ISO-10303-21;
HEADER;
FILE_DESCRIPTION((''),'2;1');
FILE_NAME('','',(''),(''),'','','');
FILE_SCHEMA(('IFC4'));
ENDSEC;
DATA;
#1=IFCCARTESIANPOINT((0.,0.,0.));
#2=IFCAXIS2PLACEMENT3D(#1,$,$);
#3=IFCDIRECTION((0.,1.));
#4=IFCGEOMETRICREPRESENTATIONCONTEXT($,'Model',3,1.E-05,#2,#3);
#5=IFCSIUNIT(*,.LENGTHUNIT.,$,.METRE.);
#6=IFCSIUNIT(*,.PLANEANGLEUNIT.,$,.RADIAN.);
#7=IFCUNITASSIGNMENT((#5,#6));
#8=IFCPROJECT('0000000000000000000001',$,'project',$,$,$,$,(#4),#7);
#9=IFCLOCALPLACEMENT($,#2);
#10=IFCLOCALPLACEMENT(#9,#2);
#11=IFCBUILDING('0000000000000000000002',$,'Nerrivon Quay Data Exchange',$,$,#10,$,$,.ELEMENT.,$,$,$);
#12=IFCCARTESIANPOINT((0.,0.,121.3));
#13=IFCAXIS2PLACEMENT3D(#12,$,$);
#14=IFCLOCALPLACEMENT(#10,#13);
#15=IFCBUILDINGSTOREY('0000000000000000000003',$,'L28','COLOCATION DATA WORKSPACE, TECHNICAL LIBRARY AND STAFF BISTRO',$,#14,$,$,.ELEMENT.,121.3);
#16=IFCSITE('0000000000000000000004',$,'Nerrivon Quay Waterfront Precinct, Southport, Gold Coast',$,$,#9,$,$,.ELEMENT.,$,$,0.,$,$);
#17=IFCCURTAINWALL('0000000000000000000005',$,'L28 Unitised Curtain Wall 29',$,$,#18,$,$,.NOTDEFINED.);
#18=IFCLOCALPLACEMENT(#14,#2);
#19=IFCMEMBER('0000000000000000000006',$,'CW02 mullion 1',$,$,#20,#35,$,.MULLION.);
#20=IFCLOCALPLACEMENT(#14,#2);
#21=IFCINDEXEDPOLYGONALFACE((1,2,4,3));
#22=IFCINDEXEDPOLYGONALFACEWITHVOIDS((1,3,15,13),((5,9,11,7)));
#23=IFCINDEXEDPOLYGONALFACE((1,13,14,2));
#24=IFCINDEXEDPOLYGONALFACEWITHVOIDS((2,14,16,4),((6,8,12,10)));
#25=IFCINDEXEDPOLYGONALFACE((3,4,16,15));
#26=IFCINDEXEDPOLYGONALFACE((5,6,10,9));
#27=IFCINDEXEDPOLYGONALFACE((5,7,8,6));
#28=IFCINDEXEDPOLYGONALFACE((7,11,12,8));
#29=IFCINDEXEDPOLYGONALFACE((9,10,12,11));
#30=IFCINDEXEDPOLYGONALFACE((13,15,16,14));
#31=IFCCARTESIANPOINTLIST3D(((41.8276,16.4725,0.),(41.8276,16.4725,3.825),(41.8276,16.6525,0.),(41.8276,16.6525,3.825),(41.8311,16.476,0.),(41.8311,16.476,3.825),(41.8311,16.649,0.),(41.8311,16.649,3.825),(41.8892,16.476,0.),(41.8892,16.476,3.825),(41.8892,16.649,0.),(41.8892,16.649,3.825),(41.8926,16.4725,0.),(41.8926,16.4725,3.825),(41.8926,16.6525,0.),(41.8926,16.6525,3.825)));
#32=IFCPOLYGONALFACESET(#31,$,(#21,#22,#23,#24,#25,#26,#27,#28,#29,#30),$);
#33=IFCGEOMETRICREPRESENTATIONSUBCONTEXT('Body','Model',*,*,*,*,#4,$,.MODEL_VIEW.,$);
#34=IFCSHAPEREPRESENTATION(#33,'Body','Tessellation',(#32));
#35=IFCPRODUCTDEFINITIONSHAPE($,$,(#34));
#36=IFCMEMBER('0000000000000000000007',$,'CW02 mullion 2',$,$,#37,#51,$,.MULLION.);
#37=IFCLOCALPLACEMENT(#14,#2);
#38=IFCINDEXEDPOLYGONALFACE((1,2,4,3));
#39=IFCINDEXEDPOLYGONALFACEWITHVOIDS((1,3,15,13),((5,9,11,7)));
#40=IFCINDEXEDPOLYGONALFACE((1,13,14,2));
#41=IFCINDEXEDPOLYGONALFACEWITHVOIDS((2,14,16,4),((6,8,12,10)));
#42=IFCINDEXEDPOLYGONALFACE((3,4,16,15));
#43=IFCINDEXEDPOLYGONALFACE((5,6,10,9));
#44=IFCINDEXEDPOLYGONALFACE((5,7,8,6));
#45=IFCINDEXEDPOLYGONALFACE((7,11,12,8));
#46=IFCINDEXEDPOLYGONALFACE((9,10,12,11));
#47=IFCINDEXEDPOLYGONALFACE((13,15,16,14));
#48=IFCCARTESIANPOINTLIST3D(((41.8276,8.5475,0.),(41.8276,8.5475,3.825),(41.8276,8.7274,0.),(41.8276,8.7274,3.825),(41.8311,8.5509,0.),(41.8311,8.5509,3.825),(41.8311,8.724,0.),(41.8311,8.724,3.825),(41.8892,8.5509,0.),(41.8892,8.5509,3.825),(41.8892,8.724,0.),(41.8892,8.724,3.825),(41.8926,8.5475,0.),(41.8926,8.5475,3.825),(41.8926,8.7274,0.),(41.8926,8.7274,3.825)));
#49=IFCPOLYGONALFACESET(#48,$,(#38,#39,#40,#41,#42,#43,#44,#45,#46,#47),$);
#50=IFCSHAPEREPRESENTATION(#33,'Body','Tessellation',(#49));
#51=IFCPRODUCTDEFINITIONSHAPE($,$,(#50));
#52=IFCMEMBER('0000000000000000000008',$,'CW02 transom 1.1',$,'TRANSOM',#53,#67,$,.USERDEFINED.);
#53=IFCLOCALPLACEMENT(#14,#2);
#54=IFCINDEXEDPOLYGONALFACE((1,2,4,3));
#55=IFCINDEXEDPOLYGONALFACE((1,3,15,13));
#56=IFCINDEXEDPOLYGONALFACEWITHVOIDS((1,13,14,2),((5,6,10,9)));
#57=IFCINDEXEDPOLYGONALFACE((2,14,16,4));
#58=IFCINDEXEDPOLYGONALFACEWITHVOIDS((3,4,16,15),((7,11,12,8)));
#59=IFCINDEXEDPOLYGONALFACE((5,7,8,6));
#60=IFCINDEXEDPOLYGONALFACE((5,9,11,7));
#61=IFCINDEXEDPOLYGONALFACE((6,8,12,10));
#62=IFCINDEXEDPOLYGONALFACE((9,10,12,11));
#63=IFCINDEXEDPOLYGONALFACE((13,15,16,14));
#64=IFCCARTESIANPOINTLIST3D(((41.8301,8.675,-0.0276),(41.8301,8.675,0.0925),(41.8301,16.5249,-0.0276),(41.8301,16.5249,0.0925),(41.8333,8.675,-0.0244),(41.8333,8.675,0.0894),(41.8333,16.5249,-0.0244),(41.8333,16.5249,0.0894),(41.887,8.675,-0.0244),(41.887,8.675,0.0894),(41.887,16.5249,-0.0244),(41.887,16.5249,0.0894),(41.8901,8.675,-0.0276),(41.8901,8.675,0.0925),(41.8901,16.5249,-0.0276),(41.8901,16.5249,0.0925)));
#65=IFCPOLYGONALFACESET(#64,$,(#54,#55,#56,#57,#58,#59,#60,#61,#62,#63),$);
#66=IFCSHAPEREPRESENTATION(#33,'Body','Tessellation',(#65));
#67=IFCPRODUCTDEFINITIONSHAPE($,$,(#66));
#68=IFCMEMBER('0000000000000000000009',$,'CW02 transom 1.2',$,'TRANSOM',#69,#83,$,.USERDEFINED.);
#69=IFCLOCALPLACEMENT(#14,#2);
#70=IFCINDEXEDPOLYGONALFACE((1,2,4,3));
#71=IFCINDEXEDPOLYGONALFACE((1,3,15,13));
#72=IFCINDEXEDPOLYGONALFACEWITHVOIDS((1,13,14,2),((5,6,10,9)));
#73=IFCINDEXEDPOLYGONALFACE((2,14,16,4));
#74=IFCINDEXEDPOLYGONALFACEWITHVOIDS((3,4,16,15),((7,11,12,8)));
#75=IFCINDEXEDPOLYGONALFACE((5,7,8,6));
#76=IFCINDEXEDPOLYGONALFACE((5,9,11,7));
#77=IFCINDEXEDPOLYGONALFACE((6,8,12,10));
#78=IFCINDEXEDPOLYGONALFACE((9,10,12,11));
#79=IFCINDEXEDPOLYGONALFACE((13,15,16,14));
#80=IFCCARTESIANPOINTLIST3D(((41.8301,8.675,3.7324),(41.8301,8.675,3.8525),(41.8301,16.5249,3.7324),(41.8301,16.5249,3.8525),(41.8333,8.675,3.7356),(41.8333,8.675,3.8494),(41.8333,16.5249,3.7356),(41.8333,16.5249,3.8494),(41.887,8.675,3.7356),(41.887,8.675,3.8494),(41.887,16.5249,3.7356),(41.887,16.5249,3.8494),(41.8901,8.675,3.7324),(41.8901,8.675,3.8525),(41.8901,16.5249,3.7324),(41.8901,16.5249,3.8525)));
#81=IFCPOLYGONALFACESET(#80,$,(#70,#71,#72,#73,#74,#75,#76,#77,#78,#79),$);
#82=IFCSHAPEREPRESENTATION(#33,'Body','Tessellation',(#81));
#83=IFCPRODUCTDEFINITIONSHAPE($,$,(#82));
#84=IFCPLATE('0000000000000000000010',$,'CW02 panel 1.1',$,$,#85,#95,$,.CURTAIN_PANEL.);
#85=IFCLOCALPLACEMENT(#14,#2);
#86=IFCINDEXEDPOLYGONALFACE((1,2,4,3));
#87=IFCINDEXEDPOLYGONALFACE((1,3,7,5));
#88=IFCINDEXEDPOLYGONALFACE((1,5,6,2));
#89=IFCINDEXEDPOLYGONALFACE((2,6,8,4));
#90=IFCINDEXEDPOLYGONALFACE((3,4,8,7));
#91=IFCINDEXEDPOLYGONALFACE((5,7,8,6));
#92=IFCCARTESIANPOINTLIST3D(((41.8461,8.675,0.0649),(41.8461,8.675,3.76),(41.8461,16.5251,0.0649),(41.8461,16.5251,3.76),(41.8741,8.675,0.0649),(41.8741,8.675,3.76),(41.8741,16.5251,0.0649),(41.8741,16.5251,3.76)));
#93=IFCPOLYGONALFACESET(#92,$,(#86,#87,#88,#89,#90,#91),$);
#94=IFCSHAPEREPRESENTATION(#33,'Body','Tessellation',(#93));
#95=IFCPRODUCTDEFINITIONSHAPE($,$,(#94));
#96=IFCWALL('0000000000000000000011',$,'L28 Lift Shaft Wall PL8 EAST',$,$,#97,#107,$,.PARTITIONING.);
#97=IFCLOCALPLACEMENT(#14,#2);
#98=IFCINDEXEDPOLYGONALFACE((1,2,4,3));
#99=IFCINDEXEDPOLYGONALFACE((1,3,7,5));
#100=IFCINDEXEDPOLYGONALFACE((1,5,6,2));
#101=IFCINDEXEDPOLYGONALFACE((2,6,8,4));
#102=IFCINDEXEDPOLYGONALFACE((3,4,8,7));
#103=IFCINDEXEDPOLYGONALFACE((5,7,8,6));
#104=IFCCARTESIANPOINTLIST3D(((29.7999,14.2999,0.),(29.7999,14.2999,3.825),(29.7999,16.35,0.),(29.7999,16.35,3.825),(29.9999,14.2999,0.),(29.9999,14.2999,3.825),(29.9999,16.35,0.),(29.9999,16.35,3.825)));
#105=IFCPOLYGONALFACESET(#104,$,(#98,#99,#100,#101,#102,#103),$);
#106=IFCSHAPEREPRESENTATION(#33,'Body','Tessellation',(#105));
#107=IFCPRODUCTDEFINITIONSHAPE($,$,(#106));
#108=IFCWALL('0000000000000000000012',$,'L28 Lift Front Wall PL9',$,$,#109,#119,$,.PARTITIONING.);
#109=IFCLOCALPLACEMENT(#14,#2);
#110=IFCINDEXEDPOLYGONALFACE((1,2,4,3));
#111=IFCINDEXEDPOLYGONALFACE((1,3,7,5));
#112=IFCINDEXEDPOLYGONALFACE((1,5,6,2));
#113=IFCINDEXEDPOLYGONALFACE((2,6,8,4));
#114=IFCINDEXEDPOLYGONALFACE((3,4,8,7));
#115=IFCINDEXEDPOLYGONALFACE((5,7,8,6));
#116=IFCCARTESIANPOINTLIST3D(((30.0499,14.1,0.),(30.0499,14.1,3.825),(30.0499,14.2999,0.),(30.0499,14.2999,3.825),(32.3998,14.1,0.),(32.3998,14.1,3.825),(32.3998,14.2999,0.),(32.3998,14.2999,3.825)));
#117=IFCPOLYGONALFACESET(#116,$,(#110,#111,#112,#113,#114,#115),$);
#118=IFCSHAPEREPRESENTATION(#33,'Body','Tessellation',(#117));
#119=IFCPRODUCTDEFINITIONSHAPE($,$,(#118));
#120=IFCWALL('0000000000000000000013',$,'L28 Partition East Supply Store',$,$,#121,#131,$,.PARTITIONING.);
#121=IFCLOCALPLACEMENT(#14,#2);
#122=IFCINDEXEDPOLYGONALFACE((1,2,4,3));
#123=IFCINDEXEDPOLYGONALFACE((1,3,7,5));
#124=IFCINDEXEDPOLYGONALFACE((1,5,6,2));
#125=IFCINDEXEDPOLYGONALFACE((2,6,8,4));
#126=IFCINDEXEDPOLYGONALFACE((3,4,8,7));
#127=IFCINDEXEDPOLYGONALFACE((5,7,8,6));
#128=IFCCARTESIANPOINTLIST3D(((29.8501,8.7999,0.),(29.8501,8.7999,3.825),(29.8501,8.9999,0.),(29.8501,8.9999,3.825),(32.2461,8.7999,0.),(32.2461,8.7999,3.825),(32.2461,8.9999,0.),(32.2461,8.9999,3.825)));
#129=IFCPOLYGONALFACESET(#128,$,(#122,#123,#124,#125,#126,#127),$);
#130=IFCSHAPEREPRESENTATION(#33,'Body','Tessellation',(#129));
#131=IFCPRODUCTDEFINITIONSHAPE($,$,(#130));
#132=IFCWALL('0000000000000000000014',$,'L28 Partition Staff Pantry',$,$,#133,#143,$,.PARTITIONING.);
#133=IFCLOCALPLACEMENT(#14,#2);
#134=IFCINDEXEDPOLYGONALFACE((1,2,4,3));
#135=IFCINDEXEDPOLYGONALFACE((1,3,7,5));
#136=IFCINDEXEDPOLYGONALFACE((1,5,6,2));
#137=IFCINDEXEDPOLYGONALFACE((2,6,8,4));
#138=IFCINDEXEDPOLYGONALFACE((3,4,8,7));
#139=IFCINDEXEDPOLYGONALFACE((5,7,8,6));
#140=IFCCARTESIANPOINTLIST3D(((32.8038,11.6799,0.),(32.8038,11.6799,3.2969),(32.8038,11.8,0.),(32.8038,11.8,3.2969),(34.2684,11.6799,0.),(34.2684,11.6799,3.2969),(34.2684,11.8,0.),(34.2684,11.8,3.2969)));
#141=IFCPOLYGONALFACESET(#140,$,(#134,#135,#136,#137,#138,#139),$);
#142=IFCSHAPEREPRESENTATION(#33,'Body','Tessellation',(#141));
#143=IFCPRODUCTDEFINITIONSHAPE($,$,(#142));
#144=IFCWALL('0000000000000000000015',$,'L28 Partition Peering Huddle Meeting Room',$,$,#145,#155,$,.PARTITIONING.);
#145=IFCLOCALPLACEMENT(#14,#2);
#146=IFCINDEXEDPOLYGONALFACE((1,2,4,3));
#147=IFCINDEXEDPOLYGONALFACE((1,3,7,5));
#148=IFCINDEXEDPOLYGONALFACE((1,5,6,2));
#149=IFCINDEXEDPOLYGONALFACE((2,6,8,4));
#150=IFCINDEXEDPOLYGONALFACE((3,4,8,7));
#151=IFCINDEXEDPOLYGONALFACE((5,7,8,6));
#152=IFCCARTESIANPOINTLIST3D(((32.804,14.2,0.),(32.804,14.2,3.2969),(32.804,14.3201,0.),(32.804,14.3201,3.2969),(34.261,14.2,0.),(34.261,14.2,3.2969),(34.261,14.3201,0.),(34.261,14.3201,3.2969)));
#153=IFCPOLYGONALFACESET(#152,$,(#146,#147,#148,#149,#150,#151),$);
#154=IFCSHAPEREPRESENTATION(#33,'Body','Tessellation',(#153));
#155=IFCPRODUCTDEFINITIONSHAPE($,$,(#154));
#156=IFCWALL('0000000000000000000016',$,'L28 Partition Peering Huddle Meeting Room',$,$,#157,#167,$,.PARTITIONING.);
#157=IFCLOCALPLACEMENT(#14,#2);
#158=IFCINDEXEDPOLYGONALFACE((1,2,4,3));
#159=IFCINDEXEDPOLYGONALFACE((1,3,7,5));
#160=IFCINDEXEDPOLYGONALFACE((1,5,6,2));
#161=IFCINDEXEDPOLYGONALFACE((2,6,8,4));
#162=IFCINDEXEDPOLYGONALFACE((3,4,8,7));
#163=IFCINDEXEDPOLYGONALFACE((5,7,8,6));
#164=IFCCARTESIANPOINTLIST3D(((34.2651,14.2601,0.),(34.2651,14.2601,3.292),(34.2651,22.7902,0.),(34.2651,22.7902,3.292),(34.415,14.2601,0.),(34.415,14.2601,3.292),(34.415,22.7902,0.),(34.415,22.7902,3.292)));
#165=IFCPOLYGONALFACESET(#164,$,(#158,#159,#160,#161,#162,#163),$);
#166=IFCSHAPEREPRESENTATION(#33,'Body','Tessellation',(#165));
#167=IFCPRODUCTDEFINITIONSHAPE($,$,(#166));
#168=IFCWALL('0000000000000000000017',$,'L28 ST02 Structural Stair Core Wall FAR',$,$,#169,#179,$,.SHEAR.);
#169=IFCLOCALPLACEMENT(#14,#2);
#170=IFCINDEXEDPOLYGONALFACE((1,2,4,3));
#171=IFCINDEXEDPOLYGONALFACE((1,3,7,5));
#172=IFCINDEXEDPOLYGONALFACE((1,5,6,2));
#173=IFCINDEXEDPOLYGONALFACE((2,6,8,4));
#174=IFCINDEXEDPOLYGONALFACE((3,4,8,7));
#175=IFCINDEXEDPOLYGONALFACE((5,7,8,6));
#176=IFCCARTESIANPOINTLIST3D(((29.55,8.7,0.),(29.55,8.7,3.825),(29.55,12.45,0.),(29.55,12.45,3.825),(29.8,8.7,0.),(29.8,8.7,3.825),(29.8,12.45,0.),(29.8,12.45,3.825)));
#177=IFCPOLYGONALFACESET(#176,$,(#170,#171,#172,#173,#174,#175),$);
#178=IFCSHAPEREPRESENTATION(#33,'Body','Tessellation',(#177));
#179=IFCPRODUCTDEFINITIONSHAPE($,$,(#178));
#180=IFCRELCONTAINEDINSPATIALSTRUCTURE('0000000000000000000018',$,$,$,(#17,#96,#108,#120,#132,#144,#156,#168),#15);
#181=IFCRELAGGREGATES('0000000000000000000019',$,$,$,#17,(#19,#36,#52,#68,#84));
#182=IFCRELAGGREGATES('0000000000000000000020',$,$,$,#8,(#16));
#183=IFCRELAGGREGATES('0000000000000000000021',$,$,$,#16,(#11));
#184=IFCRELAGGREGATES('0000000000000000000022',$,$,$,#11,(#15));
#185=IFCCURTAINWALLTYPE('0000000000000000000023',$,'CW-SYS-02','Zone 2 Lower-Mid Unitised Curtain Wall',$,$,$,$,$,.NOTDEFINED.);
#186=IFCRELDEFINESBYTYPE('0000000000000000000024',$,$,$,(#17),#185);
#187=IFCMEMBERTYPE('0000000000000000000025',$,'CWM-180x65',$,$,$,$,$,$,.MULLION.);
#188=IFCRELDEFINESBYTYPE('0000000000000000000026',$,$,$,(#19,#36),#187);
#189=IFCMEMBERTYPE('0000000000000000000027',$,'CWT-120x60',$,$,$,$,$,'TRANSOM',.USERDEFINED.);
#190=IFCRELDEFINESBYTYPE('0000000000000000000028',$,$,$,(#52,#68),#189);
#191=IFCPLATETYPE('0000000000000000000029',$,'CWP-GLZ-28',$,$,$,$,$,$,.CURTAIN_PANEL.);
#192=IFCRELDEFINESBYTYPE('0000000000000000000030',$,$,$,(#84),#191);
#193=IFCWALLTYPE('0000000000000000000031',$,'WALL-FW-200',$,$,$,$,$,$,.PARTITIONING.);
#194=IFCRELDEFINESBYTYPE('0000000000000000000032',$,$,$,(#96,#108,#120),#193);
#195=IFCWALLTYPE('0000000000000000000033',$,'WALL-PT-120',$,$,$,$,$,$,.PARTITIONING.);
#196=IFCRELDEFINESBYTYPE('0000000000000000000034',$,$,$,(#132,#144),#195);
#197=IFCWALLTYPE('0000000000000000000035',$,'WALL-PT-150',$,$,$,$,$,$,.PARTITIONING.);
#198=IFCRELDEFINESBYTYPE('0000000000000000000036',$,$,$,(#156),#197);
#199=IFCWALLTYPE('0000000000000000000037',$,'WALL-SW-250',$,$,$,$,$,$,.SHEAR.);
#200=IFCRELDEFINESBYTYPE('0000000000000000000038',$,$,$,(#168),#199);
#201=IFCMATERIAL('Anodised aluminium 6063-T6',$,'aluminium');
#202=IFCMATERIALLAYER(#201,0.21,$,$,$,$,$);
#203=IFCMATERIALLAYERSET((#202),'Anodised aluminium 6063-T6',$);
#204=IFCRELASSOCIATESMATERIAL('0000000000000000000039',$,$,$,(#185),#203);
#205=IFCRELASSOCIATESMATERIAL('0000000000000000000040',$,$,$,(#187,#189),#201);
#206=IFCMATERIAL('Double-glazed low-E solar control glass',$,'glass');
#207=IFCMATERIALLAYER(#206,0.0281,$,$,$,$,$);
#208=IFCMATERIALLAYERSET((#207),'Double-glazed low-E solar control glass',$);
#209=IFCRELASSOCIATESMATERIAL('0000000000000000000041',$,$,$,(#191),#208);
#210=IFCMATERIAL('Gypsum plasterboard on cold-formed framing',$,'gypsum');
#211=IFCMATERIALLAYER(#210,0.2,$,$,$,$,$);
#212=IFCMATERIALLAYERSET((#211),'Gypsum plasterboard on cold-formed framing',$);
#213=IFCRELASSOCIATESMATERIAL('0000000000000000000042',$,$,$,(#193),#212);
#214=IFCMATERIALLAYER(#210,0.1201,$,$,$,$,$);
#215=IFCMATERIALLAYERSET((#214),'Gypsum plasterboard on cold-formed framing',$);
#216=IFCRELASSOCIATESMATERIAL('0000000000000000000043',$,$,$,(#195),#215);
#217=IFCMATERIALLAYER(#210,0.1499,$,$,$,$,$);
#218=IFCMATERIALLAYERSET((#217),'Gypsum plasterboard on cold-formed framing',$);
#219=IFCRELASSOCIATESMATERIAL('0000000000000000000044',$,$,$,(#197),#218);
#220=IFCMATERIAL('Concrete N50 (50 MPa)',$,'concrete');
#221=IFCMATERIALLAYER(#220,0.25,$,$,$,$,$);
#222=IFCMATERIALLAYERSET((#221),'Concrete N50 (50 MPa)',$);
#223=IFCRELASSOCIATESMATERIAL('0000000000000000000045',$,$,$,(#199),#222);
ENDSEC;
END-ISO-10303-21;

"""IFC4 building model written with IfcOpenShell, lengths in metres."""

from ifc_helpers import new_model, si_unit, direction, frame, frame_2d, origin, origin_2d, place, context, subcontext, project, spatial, rectangle, hollow_rectangle, extrude, material, layer, layer_set, material_profile, profile_set, type_object, element, aggregate, save


model = new_model("IFC4")

# Units and contexts
model_context = context("Model", 3, precision=1e-05, world=origin(), true_north=direction((0.0, 1.0)))
body_context = subcontext(model_context, "Body", "Model", "MODEL_VIEW")
ifc_project = project(units=[si_unit("LENGTHUNIT", "METRE"), si_unit("PLANEANGLEUNIT", "RADIAN")], contexts=[model_context])

# Site, building, storey
site_placement = place(None, origin())
site = spatial("IfcSite", under=ifc_project, at=site_placement, Name="Nerrivon Quay Waterfront Precinct, Southport, Gold Coast", CompositionType="ELEMENT", RefElevation=0.0)
building_placement = place(site_placement, origin())
building = spatial("IfcBuilding", under=site, at=building_placement, Name="Nerrivon Quay Data Exchange", CompositionType="ELEMENT")
storey_placement = place(building_placement, frame((0.0, 0.0, 121.3)))
storey = spatial("IfcBuildingStorey", under=building, at=storey_placement, Name="L28", Description="COLOCATION DATA WORKSPACE, TECHNICAL LIBRARY AND STAFF BISTRO", CompositionType="ELEMENT", Elevation=121.3)

# Curtain wall, members, plate
ifc_material_1 = material(Name="Anodised aluminium 6063-T6", Category="aluminium")
ifc_layer_1 = layer(ifc_material_1, 0.21)
ifc_layer_set_1 = layer_set([ifc_layer_1], Name="Anodised aluminium 6063-T6")
curtain_wall_type = type_object("IfcCurtainWallType", Name="CW-SYS-02", Description="Zone 2 Lower-Mid Unitised Curtain Wall", PredefinedType="NOTDEFINED", material=ifc_layer_set_1)
curtain_wall_placement = place(storey_placement, origin())
curtain_wall = element("IfcCurtainWall", 1, at=curtain_wall_placement, inside=storey, type_object=curtain_wall_type, Name="L28 Unitised Curtain Wall 29", PredefinedType="NOTDEFINED")
ifc_material_profile_1 = material_profile(ifc_material_1, hollow_rectangle(XDim=0.0649, YDim=0.1799, WallThickness=0.0034, at=origin_2d()), Name="ALU-MULL-180x65")
ifc_profile_set_1 = profile_set([ifc_material_profile_1], Name="Anodised aluminium 6063-T6")
member_type_1 = type_object("IfcMemberType", Name="CWM-180x65", PredefinedType="MULLION", material=ifc_profile_set_1)
member_1_placement = place(storey_placement, frame((41.8601, 16.5625, 0.0), z_axis=(0.0, 0.0, 1.0), x_axis=(1.0, 0.0, 0.0)))
member_1 = element("IfcMember", 2, at=member_1_placement, type_object=member_type_1, Name="CW02 mullion 1", PredefinedType="MULLION", context=body_context, shape_type="SweptSolid", body=[
    extrude(hollow_rectangle(XDim=0.0649, YDim=0.1799, WallThickness=0.0034, at=origin_2d()), origin(), (0.0, 0.0, 1.0), 3.825),
])
member_2_placement = place(storey_placement, frame((41.8601, 8.6375, 0.0), z_axis=(0.0, 0.0, 1.0), x_axis=(1.0, 0.0, 0.0)))
member_2 = element("IfcMember", 3, at=member_2_placement, type_object=member_type_1, Name="CW02 mullion 2", PredefinedType="MULLION", context=body_context, shape_type="SweptSolid", body=[
    extrude(hollow_rectangle(XDim=0.0649, YDim=0.1799, WallThickness=0.0034, at=origin_2d()), origin(), (0.0, 0.0, 1.0), 3.825),
])
ifc_material_profile_2 = material_profile(ifc_material_1, hollow_rectangle(XDim=0.0601, YDim=0.1201, WallThickness=0.0032, at=origin_2d()), Name="ALU-TRAN-120x60")
ifc_profile_set_2 = profile_set([ifc_material_profile_2], Name="Anodised aluminium 6063-T6")
member_type_2 = type_object("IfcMemberType", Name="CWT-120x60", ElementType="TRANSOM", PredefinedType="USERDEFINED", material=ifc_profile_set_2)
member_3_placement = place(storey_placement, frame((41.8601, 16.5249, 0.0325), z_axis=(0.0, -1.0, 0.0), x_axis=(1.0, 0.0, 0.0)))
member_3 = element("IfcMember", 4, at=member_3_placement, type_object=member_type_2, Name="CW02 transom 1.1", ObjectType="TRANSOM", PredefinedType="USERDEFINED", context=body_context, shape_type="SweptSolid", body=[
    extrude(hollow_rectangle(XDim=0.0601, YDim=0.1201, WallThickness=0.0032, at=origin_2d()), origin(), (0.0, 0.0, 1.0), 7.8499),
])
member_4_placement = place(storey_placement, frame((41.8601, 16.5249, 3.7925), z_axis=(0.0, -1.0, 0.0), x_axis=(1.0, 0.0, 0.0)))
member_4 = element("IfcMember", 5, at=member_4_placement, type_object=member_type_2, Name="CW02 transom 1.2", ObjectType="TRANSOM", PredefinedType="USERDEFINED", context=body_context, shape_type="SweptSolid", body=[
    extrude(hollow_rectangle(XDim=0.0601, YDim=0.1201, WallThickness=0.0032, at=origin_2d()), origin(), (0.0, 0.0, 1.0), 7.8499),
])
ifc_material_2 = material(Name="Double-glazed low-E solar control glass", Category="glass")
ifc_layer_2 = layer(ifc_material_2, 0.0281)
ifc_layer_set_2 = layer_set([ifc_layer_2], Name="Double-glazed low-E solar control glass")
plate_type = type_object("IfcPlateType", Name="CWP-GLZ-28", PredefinedType="CURTAIN_PANEL", material=ifc_layer_set_2)
plate_placement = place(storey_placement, frame((41.8601, 12.6001, 0.0649), z_axis=(0.0, 0.0, 1.0), x_axis=(0.0, -1.0, 0.0)))
plate = element("IfcPlate", 6, at=plate_placement, type_object=plate_type, Name="CW02 panel 1.1", PredefinedType="CURTAIN_PANEL", context=body_context, shape_type="SweptSolid", body=[
    extrude(rectangle(XDim=7.8501, YDim=0.0281, at=origin_2d()), origin(), (0.0, 0.0, 1.0), 3.6951),
])
aggregate(curtain_wall, [member_1, member_2, member_3, member_4, plate])

# Walls
ifc_material_3 = material(Name="Gypsum plasterboard on cold-formed framing", Category="gypsum")
ifc_layer_3 = layer(ifc_material_3, 0.2)
ifc_layer_set_3 = layer_set([ifc_layer_3], Name="Gypsum plasterboard on cold-formed framing")
wall_type_1 = type_object("IfcWallType", Name="WALL-FW-200", PredefinedType="PARTITIONING", material=ifc_layer_set_3)
wall_1_placement = place(storey_placement, frame((29.8999, 14.3, 0.0), z_axis=(0.0, 0.0, 1.0), x_axis=(0.0, 1.0, 0.0)))
element("IfcWall", 7, at=wall_1_placement, inside=storey, type_object=wall_type_1, Name="L28 Lift Shaft Wall PL8 EAST", PredefinedType="PARTITIONING", context=body_context, shape_type="SweptSolid", body=[
    extrude(rectangle(XDim=2.05, YDim=0.2, at=frame_2d((1.0249, 0.0))), origin(), (0.0, 0.0, 1.0), 3.825),
])
wall_2_placement = place(storey_placement, frame((30.05, 14.2, 0.0), z_axis=(0.0, 0.0, 1.0), x_axis=(1.0, 0.0, 0.0)))
element("IfcWall", 8, at=wall_2_placement, inside=storey, type_object=wall_type_1, Name="L28 Lift Front Wall PL9", PredefinedType="PARTITIONING", context=body_context, shape_type="SweptSolid", body=[
    extrude(rectangle(XDim=2.3499, YDim=0.2, at=frame_2d((1.1748, 0.0))), origin(), (0.0, 0.0, 1.0), 3.825),
])

# Walls
wall_3_placement = place(storey_placement, frame((29.8501, 8.8999, 0.0), z_axis=(0.0, 0.0, 1.0), x_axis=(1.0, 0.0, 0.0)))
element("IfcWall", 9, at=wall_3_placement, inside=storey, type_object=wall_type_1, Name="L28 Partition East Supply Store", PredefinedType="PARTITIONING", context=body_context, shape_type="SweptSolid", body=[
    extrude(rectangle(XDim=2.396, YDim=0.2, at=frame_2d((1.198, 0.0))), origin(), (0.0, 0.0, 1.0), 3.825),
])
ifc_layer_4 = layer(ifc_material_3, 0.1201)
ifc_layer_set_4 = layer_set([ifc_layer_4], Name="Gypsum plasterboard on cold-formed framing")
wall_type_2 = type_object("IfcWallType", Name="WALL-PT-120", PredefinedType="PARTITIONING", material=ifc_layer_set_4)
wall_4_placement = place(storey_placement, frame((34.2686, 11.74, 0.0), z_axis=(0.0, 0.0, 1.0), x_axis=(-1.0, 0.0, 0.0)))
element("IfcWall", 10, at=wall_4_placement, inside=storey, type_object=wall_type_2, Name="L28 Partition Staff Pantry", PredefinedType="PARTITIONING", context=body_context, shape_type="SweptSolid", body=[
    extrude(rectangle(XDim=1.4646, YDim=0.1201, at=frame_2d((0.7324, 0.0))), origin(), (0.0, 0.0, 1.0), 3.2969),
])
wall_5_placement = place(storey_placement, frame((32.804, 14.26, 0.0), z_axis=(0.0, 0.0, 1.0), x_axis=(1.0, 0.0, 0.0)))
element("IfcWall", 11, at=wall_5_placement, inside=storey, type_object=wall_type_2, Name="L28 Partition Peering Huddle Meeting Room", PredefinedType="PARTITIONING", context=body_context, shape_type="SweptSolid", body=[
    extrude(rectangle(XDim=1.457, YDim=0.1201, at=frame_2d((0.7285, 0.0))), origin(), (0.0, 0.0, 1.0), 3.2969),
])
ifc_layer_5 = layer(ifc_material_3, 0.1499)
ifc_layer_set_5 = layer_set([ifc_layer_5], Name="Gypsum plasterboard on cold-formed framing")
wall_type_3 = type_object("IfcWallType", Name="WALL-PT-150", PredefinedType="PARTITIONING", material=ifc_layer_set_5)
wall_6_placement = place(storey_placement, frame((34.3401, 14.26, 0.0), z_axis=(0.0, 0.0, 1.0), x_axis=(0.0, 1.0, 0.0)))
element("IfcWall", 12, at=wall_6_placement, inside=storey, type_object=wall_type_3, Name="L28 Partition Peering Huddle Meeting Room", PredefinedType="PARTITIONING", context=body_context, shape_type="SweptSolid", body=[
    extrude(rectangle(XDim=8.53, YDim=0.1499, at=frame_2d((4.2651, 0.0))), origin(), (0.0, 0.0, 1.0), 3.292),
])
ifc_material_4 = material(Name="Concrete N50 (50 MPa)", Category="concrete")
ifc_layer_6 = layer(ifc_material_4, 0.25)
ifc_layer_set_6 = layer_set([ifc_layer_6], Name="Concrete N50 (50 MPa)")
wall_type_4 = type_object("IfcWallType", Name="WALL-SW-250", PredefinedType="SHEAR", material=ifc_layer_set_6)
wall_7_placement = place(storey_placement, frame((29.675, 8.7, 0.0), z_axis=(0.0, 0.0, 1.0), x_axis=(0.0, 1.0, 0.0)))
element("IfcWall", 13, at=wall_7_placement, inside=storey, type_object=wall_type_4, Name="L28 ST02 Structural Stair Core Wall FAR", PredefinedType="SHEAR", context=body_context, shape_type="SweptSolid", body=[
    extrude(rectangle(XDim=3.75, YDim=0.25, at=frame_2d((1.875, 0.0))), origin(), (0.0, 0.0, 1.0), 3.825),
])

save(model, "model.ifc")
